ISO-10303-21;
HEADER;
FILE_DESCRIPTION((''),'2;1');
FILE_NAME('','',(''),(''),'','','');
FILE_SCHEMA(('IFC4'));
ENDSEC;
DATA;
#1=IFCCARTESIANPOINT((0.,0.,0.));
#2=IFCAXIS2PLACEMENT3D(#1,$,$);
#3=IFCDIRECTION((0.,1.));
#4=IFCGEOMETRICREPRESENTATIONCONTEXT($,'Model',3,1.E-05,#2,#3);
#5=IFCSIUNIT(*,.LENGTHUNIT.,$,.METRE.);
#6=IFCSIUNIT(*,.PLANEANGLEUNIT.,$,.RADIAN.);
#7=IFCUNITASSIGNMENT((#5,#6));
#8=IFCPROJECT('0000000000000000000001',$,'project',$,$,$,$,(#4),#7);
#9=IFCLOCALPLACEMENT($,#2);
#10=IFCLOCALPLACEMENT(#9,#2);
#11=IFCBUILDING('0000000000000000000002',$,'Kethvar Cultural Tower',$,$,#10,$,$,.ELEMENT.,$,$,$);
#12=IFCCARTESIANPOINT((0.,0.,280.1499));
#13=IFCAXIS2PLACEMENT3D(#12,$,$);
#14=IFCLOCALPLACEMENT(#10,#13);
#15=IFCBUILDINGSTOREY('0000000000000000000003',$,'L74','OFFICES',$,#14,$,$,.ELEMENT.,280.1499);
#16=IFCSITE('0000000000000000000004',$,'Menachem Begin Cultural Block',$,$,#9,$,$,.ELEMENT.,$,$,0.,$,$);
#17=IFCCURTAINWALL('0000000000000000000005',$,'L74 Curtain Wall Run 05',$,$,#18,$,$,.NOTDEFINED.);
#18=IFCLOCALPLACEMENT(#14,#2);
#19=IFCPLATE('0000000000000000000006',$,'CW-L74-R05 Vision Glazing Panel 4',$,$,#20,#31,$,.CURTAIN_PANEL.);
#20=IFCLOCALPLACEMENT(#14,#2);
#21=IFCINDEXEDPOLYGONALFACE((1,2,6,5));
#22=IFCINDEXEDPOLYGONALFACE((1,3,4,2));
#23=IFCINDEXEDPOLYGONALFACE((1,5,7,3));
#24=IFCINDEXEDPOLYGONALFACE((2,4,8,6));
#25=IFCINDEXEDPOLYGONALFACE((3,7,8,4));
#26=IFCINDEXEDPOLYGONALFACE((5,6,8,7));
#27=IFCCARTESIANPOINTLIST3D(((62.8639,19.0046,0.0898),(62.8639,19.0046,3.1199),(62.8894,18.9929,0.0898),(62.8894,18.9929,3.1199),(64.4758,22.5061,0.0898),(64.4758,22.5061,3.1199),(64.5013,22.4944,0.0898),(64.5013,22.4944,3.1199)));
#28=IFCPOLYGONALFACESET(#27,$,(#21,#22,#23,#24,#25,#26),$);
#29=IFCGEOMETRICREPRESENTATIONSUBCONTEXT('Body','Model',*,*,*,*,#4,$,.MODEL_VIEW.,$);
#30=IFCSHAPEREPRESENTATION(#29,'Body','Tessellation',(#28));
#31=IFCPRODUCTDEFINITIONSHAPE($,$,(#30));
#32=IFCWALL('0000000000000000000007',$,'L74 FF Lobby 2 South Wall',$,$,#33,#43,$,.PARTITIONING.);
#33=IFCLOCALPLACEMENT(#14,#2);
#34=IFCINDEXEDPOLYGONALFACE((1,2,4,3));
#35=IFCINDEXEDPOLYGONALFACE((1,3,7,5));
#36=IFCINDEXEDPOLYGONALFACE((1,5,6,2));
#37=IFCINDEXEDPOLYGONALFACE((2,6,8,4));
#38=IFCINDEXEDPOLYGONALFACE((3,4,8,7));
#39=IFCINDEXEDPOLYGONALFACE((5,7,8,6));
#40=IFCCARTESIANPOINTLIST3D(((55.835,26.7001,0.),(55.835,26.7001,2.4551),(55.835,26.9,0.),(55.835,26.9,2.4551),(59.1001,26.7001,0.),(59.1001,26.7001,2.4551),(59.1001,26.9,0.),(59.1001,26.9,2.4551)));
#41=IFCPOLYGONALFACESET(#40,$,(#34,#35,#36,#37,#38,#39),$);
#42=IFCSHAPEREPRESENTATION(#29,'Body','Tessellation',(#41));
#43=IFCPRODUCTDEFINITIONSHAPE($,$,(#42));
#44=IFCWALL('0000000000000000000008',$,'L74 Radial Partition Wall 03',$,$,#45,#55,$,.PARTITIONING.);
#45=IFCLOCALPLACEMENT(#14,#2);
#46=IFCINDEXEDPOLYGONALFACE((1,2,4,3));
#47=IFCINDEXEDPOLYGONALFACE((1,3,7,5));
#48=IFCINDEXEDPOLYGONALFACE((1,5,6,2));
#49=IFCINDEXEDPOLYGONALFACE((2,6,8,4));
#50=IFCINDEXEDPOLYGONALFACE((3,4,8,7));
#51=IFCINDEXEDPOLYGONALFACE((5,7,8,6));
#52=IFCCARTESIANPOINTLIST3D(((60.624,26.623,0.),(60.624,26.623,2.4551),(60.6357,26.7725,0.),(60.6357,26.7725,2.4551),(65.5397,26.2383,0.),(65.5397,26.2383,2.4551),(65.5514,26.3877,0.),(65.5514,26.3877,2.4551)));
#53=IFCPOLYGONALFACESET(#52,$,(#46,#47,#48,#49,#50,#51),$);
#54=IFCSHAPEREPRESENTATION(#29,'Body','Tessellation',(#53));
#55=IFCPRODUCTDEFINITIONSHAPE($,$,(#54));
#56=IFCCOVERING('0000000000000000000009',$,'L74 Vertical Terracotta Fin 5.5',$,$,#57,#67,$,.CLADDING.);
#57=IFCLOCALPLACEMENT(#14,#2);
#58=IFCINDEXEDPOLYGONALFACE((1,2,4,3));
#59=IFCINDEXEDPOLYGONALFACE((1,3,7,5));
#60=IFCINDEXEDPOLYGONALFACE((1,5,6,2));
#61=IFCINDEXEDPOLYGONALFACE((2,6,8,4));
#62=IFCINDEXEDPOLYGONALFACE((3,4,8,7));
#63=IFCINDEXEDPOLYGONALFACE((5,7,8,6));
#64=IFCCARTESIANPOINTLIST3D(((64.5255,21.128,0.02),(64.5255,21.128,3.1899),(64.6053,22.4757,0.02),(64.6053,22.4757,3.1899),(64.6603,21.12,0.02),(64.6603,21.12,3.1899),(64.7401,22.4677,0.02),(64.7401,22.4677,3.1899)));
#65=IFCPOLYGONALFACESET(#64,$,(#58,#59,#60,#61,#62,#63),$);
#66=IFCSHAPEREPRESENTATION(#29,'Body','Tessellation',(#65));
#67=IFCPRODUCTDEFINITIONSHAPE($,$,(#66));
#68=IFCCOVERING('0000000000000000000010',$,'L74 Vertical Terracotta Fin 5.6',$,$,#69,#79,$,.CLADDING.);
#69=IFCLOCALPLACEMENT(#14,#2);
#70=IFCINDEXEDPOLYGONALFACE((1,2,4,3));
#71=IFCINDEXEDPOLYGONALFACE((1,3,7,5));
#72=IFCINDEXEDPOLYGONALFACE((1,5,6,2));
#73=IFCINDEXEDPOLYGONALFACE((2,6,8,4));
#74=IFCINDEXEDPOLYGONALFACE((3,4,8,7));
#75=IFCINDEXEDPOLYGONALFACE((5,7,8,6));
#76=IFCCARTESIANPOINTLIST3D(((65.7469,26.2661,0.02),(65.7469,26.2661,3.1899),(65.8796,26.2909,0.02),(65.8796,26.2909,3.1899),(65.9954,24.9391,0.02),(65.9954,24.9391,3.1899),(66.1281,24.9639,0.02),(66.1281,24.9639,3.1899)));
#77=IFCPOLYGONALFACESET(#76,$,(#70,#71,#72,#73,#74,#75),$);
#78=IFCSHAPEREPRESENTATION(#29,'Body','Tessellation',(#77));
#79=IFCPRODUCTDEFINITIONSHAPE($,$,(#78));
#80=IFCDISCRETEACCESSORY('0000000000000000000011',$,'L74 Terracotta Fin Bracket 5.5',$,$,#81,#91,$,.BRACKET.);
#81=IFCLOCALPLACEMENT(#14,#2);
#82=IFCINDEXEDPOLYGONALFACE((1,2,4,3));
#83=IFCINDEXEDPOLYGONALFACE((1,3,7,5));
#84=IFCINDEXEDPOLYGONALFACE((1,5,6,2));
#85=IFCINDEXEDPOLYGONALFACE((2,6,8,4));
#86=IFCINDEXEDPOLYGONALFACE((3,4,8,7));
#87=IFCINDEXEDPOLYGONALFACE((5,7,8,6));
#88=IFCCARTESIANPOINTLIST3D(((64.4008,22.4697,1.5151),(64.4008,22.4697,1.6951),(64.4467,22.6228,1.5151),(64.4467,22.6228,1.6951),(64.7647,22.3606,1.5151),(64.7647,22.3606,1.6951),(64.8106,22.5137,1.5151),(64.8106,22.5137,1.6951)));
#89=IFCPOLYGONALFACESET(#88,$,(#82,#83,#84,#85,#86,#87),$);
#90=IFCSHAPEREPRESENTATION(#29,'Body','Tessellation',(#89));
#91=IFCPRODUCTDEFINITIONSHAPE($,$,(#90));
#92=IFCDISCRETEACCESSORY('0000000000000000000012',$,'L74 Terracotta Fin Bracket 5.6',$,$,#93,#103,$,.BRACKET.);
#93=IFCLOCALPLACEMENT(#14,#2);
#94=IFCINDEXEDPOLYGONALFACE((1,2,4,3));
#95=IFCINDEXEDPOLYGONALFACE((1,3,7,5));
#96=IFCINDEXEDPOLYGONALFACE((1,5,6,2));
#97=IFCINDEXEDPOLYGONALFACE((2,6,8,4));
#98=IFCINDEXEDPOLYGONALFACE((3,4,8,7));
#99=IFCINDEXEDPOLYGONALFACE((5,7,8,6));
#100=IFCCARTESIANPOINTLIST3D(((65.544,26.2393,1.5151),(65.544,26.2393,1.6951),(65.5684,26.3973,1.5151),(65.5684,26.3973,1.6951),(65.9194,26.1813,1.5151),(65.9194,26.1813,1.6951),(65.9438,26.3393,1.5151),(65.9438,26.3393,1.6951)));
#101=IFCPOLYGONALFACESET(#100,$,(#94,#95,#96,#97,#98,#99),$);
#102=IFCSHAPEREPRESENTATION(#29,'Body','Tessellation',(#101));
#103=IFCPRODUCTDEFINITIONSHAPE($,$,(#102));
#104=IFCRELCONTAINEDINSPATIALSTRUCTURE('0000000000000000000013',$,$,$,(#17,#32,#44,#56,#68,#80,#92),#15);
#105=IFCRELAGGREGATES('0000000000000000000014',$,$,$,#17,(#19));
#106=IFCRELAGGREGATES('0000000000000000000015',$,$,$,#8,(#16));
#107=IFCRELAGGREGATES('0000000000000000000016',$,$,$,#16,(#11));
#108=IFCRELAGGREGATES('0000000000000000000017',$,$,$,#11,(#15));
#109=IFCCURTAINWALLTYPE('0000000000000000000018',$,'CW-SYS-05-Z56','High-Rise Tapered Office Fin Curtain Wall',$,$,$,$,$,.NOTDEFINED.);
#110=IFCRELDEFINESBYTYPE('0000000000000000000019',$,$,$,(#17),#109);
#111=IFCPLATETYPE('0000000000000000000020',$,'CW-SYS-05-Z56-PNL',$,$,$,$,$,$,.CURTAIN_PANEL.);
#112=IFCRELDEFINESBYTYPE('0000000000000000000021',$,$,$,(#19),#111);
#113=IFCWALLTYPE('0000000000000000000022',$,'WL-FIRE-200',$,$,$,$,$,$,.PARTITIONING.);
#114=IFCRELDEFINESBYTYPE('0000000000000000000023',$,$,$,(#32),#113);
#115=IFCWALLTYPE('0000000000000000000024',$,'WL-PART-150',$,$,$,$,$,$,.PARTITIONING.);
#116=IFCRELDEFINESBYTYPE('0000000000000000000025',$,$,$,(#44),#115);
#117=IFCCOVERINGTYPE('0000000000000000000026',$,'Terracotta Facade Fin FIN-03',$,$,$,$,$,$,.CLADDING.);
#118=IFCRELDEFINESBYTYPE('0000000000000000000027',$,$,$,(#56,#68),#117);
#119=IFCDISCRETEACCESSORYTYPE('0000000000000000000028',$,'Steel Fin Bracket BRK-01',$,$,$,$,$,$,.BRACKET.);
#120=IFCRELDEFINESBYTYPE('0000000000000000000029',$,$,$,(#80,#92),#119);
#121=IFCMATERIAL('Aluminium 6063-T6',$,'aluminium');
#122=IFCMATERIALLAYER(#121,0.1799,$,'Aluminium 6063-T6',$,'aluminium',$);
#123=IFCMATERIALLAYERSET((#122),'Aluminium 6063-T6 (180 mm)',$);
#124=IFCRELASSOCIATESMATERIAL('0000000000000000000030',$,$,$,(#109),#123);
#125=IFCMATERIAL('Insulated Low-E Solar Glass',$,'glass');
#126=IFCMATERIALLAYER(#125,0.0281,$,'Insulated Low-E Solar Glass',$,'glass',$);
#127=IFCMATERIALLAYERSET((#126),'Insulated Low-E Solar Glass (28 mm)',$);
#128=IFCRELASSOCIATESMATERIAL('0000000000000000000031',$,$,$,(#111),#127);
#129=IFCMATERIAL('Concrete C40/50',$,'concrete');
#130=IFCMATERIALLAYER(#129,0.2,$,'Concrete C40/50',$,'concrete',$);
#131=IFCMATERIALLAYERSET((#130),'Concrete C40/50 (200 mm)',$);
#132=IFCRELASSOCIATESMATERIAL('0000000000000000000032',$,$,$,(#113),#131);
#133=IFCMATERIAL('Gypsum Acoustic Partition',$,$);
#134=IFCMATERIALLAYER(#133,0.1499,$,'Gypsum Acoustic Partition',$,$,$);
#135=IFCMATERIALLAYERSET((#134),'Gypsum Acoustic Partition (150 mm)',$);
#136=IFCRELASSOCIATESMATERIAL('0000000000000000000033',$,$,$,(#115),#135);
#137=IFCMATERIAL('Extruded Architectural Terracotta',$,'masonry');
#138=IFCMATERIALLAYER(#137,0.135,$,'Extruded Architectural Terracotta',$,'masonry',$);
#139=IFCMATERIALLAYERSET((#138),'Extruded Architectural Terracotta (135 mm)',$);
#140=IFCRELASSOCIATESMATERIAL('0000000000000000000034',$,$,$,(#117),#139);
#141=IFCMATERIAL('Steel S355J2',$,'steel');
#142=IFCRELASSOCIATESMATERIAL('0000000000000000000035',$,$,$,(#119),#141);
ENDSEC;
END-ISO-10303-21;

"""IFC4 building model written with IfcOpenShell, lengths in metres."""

from ifc_helpers import new_model, si_unit, direction, frame, frame_2d, origin, origin_2d, place, context, subcontext, project, spatial, rectangle, extrude, source, transform, mapped, material, layer, layer_set, type_object, element, aggregate, save


model = new_model("IFC4")

# Units and contexts
model_context = context("Model", 3, precision=1e-05, world=origin(), true_north=direction((0.0, 1.0)))
body_context = subcontext(model_context, "Body", "Model", "MODEL_VIEW")
ifc_project = project(units=[si_unit("LENGTHUNIT", "METRE"), si_unit("PLANEANGLEUNIT", "RADIAN")], contexts=[model_context])

# Site, building, storey
site_placement = place(None, origin())
site = spatial("IfcSite", under=ifc_project, at=site_placement, Name="Menachem Begin Cultural Block", CompositionType="ELEMENT", RefElevation=0.0)
building_placement = place(site_placement, origin())
building = spatial("IfcBuilding", under=site, at=building_placement, Name="Kethvar Cultural Tower", CompositionType="ELEMENT")
storey_placement = place(building_placement, frame((0.0, 0.0, 280.1499)))
storey = spatial("IfcBuildingStorey", under=building, at=storey_placement, Name="L74", Description="OFFICES", CompositionType="ELEMENT", Elevation=280.1499)

# Shared definitions
ifc_material_1 = material(Name="Steel S355J2", Category="steel")

# Curtain wall, plate
ifc_material_2 = material(Name="Aluminium 6063-T6", Category="aluminium")
ifc_layer_1 = layer(ifc_material_2, 0.1799, Name="Aluminium 6063-T6", Category="aluminium")
ifc_layer_set_1 = layer_set([ifc_layer_1], Name="Aluminium 6063-T6 (180 mm)")
curtain_wall_type = type_object("IfcCurtainWallType", Name="CW-SYS-05-Z56", Description="High-Rise Tapered Office Fin Curtain Wall", PredefinedType="NOTDEFINED", material=ifc_layer_set_1)
curtain_wall_placement = place(storey_placement, origin())
curtain_wall = element("IfcCurtainWall", 1, at=curtain_wall_placement, inside=storey, type_object=curtain_wall_type, Name="L74 Curtain Wall Run 05", PredefinedType="NOTDEFINED")
ifc_material_3 = material(Name="Insulated Low-E Solar Glass", Category="glass")
ifc_layer_2 = layer(ifc_material_3, 0.0281, Name="Insulated Low-E Solar Glass", Category="glass")
ifc_layer_set_2 = layer_set([ifc_layer_2], Name="Insulated Low-E Solar Glass (28 mm)")
plate_type = type_object("IfcPlateType", Name="CW-SYS-05-Z56-PNL", PredefinedType="CURTAIN_PANEL", material=ifc_layer_set_2)
shared_shape_1 = source(origin(), body_context, "Body", "SweptSolid", [
    extrude(rectangle(XDim=3.8547, YDim=0.0281, at=origin_2d()), origin(), (0.0, 0.0, 1.0), 3.03),
])
plate_1_placement = place(storey_placement, frame((63.6826, 20.7495, 0.0898), z_axis=(0.0, 0.0, 1.0), x_axis=(0.418168, 0.90837, 0.0)))
plate_1 = element("IfcPlate", 2, at=plate_1_placement, type_object=plate_type, Name="CW-L74-R05 Vision Glazing Panel 4", PredefinedType="CURTAIN_PANEL", context=body_context, shape_type="MappedRepresentation", body=[
    mapped(shared_shape_1, transform((0.0, 0.0, 0.0), scale=1.0)),
])
aggregate(curtain_wall, [plate_1])

# Shared definitions
ifc_material_4 = material(Name="Concrete C40/50", Category="concrete")
ifc_layer_3 = layer(ifc_material_4, 0.2, Name="Concrete C40/50", Category="concrete")
ifc_layer_set_3 = layer_set([ifc_layer_3], Name="Concrete C40/50 (200 mm)")
wall_type_1 = type_object("IfcWallType", Name="WL-FIRE-200", PredefinedType="PARTITIONING", material=ifc_layer_set_3)

# Walls
wall_1_placement = place(storey_placement, frame((55.835, 26.8, 0.0), z_axis=(0.0, 0.0, 1.0), x_axis=(1.0, 0.0, 0.0)))
element("IfcWall", 3, at=wall_1_placement, inside=storey, type_object=wall_type_1, Name="L74 FF Lobby 2 South Wall", PredefinedType="PARTITIONING", context=body_context, shape_type="SweptSolid", body=[
    extrude(rectangle(XDim=3.2651, YDim=0.2, at=frame_2d((1.6326, 0.0))), origin(), (0.0, 0.0, 1.0), 2.4551),
])
ifc_material_5 = material(Name="Gypsum Acoustic Partition")
ifc_layer_4 = layer(ifc_material_5, 0.1499, Name="Gypsum Acoustic Partition")
ifc_layer_set_4 = layer_set([ifc_layer_4], Name="Gypsum Acoustic Partition (150 mm)")
wall_type_2 = type_object("IfcWallType", Name="WL-PART-150", PredefinedType="PARTITIONING", material=ifc_layer_set_4)
wall_2_placement = place(storey_placement, frame((60.6299, 26.6978, 0.0), z_axis=(0.0, 0.0, 1.0), x_axis=(0.99695, -0.078037, 0.0)))
element("IfcWall", 4, at=wall_2_placement, inside=storey, type_object=wall_type_2, Name="L74 Radial Partition Wall 03", PredefinedType="PARTITIONING", context=body_context, shape_type="SweptSolid", body=[
    extrude(rectangle(XDim=4.9307, YDim=0.1499, at=frame_2d((2.4653, 0.0))), origin(), (0.0, 0.0, 1.0), 2.4551),
])

# Coverings
ifc_material_6 = material(Name="Extruded Architectural Terracotta", Category="masonry")
ifc_layer_5 = layer(ifc_material_6, 0.135, Name="Extruded Architectural Terracotta", Category="masonry")
ifc_layer_set_5 = layer_set([ifc_layer_5], Name="Extruded Architectural Terracotta (135 mm)")
covering_type = type_object("IfcCoveringType", Name="Terracotta Facade Fin FIN-03", PredefinedType="CLADDING", material=ifc_layer_set_5)
shared_shape_2 = source(origin(), body_context, "Body", "SweptSolid", [
    extrude(rectangle(XDim=1.3501, YDim=0.135, at=origin_2d()), origin(), (0.0, 0.0, 1.0), 3.1699),
])
for number, where, z_axis, x_axis, name in (
    (5, (64.6328, 21.7979, 0.02), (0.0, 0.0, 1.0), (-0.059132, -0.99825, 0.0), "L74 Vertical Terracotta Fin 5.5"),
    (6, (65.9375, 25.615, 0.02), (0.0, 0.0, 1.0), (0.184123, -0.982903, 0.0), "L74 Vertical Terracotta Fin 5.6"),
):
    element("IfcCovering", number, at=place(storey_placement, frame(where, z_axis=z_axis, x_axis=x_axis)), inside=storey, type_object=covering_type, Name=name, PredefinedType="CLADDING", context=body_context, shape_type="MappedRepresentation", body=[
        mapped(shared_shape_2, transform((0.0, 0.0, 0.0), scale=1.0)),
    ])

# Discrete accessories
discrete_accessory_type = type_object("IfcDiscreteAccessoryType", Name="Steel Fin Bracket BRK-01", PredefinedType="BRACKET", material=ifc_material_1)
shared_shape_3 = source(origin(), body_context, "Body", "SweptSolid", [
    extrude(rectangle(XDim=0.3799, YDim=0.1599, at=origin_2d()), origin(), (0.0, 0.0, 1.0), 0.1799),
])
for number, where, z_axis, x_axis, name in (
    (7, (64.6057, 22.4917, 1.5151), (0.0, 0.0, 1.0), (0.957873, -0.287193, 0.0), "L74 Terracotta Fin Bracket 5.5"),
    (8, (65.7439, 26.2893, 1.5151), (0.0, 0.0, 1.0), (0.988282, -0.152641, 0.0), "L74 Terracotta Fin Bracket 5.6"),
):
    element("IfcDiscreteAccessory", number, at=place(storey_placement, frame(where, z_axis=z_axis, x_axis=x_axis)), inside=storey, type_object=discrete_accessory_type, Name=name, PredefinedType="BRACKET", context=body_context, shape_type="MappedRepresentation", body=[
        mapped(shared_shape_3, transform((0.0, 0.0, 0.0), scale=1.0)),
    ])

save(model, "model.ifc")
